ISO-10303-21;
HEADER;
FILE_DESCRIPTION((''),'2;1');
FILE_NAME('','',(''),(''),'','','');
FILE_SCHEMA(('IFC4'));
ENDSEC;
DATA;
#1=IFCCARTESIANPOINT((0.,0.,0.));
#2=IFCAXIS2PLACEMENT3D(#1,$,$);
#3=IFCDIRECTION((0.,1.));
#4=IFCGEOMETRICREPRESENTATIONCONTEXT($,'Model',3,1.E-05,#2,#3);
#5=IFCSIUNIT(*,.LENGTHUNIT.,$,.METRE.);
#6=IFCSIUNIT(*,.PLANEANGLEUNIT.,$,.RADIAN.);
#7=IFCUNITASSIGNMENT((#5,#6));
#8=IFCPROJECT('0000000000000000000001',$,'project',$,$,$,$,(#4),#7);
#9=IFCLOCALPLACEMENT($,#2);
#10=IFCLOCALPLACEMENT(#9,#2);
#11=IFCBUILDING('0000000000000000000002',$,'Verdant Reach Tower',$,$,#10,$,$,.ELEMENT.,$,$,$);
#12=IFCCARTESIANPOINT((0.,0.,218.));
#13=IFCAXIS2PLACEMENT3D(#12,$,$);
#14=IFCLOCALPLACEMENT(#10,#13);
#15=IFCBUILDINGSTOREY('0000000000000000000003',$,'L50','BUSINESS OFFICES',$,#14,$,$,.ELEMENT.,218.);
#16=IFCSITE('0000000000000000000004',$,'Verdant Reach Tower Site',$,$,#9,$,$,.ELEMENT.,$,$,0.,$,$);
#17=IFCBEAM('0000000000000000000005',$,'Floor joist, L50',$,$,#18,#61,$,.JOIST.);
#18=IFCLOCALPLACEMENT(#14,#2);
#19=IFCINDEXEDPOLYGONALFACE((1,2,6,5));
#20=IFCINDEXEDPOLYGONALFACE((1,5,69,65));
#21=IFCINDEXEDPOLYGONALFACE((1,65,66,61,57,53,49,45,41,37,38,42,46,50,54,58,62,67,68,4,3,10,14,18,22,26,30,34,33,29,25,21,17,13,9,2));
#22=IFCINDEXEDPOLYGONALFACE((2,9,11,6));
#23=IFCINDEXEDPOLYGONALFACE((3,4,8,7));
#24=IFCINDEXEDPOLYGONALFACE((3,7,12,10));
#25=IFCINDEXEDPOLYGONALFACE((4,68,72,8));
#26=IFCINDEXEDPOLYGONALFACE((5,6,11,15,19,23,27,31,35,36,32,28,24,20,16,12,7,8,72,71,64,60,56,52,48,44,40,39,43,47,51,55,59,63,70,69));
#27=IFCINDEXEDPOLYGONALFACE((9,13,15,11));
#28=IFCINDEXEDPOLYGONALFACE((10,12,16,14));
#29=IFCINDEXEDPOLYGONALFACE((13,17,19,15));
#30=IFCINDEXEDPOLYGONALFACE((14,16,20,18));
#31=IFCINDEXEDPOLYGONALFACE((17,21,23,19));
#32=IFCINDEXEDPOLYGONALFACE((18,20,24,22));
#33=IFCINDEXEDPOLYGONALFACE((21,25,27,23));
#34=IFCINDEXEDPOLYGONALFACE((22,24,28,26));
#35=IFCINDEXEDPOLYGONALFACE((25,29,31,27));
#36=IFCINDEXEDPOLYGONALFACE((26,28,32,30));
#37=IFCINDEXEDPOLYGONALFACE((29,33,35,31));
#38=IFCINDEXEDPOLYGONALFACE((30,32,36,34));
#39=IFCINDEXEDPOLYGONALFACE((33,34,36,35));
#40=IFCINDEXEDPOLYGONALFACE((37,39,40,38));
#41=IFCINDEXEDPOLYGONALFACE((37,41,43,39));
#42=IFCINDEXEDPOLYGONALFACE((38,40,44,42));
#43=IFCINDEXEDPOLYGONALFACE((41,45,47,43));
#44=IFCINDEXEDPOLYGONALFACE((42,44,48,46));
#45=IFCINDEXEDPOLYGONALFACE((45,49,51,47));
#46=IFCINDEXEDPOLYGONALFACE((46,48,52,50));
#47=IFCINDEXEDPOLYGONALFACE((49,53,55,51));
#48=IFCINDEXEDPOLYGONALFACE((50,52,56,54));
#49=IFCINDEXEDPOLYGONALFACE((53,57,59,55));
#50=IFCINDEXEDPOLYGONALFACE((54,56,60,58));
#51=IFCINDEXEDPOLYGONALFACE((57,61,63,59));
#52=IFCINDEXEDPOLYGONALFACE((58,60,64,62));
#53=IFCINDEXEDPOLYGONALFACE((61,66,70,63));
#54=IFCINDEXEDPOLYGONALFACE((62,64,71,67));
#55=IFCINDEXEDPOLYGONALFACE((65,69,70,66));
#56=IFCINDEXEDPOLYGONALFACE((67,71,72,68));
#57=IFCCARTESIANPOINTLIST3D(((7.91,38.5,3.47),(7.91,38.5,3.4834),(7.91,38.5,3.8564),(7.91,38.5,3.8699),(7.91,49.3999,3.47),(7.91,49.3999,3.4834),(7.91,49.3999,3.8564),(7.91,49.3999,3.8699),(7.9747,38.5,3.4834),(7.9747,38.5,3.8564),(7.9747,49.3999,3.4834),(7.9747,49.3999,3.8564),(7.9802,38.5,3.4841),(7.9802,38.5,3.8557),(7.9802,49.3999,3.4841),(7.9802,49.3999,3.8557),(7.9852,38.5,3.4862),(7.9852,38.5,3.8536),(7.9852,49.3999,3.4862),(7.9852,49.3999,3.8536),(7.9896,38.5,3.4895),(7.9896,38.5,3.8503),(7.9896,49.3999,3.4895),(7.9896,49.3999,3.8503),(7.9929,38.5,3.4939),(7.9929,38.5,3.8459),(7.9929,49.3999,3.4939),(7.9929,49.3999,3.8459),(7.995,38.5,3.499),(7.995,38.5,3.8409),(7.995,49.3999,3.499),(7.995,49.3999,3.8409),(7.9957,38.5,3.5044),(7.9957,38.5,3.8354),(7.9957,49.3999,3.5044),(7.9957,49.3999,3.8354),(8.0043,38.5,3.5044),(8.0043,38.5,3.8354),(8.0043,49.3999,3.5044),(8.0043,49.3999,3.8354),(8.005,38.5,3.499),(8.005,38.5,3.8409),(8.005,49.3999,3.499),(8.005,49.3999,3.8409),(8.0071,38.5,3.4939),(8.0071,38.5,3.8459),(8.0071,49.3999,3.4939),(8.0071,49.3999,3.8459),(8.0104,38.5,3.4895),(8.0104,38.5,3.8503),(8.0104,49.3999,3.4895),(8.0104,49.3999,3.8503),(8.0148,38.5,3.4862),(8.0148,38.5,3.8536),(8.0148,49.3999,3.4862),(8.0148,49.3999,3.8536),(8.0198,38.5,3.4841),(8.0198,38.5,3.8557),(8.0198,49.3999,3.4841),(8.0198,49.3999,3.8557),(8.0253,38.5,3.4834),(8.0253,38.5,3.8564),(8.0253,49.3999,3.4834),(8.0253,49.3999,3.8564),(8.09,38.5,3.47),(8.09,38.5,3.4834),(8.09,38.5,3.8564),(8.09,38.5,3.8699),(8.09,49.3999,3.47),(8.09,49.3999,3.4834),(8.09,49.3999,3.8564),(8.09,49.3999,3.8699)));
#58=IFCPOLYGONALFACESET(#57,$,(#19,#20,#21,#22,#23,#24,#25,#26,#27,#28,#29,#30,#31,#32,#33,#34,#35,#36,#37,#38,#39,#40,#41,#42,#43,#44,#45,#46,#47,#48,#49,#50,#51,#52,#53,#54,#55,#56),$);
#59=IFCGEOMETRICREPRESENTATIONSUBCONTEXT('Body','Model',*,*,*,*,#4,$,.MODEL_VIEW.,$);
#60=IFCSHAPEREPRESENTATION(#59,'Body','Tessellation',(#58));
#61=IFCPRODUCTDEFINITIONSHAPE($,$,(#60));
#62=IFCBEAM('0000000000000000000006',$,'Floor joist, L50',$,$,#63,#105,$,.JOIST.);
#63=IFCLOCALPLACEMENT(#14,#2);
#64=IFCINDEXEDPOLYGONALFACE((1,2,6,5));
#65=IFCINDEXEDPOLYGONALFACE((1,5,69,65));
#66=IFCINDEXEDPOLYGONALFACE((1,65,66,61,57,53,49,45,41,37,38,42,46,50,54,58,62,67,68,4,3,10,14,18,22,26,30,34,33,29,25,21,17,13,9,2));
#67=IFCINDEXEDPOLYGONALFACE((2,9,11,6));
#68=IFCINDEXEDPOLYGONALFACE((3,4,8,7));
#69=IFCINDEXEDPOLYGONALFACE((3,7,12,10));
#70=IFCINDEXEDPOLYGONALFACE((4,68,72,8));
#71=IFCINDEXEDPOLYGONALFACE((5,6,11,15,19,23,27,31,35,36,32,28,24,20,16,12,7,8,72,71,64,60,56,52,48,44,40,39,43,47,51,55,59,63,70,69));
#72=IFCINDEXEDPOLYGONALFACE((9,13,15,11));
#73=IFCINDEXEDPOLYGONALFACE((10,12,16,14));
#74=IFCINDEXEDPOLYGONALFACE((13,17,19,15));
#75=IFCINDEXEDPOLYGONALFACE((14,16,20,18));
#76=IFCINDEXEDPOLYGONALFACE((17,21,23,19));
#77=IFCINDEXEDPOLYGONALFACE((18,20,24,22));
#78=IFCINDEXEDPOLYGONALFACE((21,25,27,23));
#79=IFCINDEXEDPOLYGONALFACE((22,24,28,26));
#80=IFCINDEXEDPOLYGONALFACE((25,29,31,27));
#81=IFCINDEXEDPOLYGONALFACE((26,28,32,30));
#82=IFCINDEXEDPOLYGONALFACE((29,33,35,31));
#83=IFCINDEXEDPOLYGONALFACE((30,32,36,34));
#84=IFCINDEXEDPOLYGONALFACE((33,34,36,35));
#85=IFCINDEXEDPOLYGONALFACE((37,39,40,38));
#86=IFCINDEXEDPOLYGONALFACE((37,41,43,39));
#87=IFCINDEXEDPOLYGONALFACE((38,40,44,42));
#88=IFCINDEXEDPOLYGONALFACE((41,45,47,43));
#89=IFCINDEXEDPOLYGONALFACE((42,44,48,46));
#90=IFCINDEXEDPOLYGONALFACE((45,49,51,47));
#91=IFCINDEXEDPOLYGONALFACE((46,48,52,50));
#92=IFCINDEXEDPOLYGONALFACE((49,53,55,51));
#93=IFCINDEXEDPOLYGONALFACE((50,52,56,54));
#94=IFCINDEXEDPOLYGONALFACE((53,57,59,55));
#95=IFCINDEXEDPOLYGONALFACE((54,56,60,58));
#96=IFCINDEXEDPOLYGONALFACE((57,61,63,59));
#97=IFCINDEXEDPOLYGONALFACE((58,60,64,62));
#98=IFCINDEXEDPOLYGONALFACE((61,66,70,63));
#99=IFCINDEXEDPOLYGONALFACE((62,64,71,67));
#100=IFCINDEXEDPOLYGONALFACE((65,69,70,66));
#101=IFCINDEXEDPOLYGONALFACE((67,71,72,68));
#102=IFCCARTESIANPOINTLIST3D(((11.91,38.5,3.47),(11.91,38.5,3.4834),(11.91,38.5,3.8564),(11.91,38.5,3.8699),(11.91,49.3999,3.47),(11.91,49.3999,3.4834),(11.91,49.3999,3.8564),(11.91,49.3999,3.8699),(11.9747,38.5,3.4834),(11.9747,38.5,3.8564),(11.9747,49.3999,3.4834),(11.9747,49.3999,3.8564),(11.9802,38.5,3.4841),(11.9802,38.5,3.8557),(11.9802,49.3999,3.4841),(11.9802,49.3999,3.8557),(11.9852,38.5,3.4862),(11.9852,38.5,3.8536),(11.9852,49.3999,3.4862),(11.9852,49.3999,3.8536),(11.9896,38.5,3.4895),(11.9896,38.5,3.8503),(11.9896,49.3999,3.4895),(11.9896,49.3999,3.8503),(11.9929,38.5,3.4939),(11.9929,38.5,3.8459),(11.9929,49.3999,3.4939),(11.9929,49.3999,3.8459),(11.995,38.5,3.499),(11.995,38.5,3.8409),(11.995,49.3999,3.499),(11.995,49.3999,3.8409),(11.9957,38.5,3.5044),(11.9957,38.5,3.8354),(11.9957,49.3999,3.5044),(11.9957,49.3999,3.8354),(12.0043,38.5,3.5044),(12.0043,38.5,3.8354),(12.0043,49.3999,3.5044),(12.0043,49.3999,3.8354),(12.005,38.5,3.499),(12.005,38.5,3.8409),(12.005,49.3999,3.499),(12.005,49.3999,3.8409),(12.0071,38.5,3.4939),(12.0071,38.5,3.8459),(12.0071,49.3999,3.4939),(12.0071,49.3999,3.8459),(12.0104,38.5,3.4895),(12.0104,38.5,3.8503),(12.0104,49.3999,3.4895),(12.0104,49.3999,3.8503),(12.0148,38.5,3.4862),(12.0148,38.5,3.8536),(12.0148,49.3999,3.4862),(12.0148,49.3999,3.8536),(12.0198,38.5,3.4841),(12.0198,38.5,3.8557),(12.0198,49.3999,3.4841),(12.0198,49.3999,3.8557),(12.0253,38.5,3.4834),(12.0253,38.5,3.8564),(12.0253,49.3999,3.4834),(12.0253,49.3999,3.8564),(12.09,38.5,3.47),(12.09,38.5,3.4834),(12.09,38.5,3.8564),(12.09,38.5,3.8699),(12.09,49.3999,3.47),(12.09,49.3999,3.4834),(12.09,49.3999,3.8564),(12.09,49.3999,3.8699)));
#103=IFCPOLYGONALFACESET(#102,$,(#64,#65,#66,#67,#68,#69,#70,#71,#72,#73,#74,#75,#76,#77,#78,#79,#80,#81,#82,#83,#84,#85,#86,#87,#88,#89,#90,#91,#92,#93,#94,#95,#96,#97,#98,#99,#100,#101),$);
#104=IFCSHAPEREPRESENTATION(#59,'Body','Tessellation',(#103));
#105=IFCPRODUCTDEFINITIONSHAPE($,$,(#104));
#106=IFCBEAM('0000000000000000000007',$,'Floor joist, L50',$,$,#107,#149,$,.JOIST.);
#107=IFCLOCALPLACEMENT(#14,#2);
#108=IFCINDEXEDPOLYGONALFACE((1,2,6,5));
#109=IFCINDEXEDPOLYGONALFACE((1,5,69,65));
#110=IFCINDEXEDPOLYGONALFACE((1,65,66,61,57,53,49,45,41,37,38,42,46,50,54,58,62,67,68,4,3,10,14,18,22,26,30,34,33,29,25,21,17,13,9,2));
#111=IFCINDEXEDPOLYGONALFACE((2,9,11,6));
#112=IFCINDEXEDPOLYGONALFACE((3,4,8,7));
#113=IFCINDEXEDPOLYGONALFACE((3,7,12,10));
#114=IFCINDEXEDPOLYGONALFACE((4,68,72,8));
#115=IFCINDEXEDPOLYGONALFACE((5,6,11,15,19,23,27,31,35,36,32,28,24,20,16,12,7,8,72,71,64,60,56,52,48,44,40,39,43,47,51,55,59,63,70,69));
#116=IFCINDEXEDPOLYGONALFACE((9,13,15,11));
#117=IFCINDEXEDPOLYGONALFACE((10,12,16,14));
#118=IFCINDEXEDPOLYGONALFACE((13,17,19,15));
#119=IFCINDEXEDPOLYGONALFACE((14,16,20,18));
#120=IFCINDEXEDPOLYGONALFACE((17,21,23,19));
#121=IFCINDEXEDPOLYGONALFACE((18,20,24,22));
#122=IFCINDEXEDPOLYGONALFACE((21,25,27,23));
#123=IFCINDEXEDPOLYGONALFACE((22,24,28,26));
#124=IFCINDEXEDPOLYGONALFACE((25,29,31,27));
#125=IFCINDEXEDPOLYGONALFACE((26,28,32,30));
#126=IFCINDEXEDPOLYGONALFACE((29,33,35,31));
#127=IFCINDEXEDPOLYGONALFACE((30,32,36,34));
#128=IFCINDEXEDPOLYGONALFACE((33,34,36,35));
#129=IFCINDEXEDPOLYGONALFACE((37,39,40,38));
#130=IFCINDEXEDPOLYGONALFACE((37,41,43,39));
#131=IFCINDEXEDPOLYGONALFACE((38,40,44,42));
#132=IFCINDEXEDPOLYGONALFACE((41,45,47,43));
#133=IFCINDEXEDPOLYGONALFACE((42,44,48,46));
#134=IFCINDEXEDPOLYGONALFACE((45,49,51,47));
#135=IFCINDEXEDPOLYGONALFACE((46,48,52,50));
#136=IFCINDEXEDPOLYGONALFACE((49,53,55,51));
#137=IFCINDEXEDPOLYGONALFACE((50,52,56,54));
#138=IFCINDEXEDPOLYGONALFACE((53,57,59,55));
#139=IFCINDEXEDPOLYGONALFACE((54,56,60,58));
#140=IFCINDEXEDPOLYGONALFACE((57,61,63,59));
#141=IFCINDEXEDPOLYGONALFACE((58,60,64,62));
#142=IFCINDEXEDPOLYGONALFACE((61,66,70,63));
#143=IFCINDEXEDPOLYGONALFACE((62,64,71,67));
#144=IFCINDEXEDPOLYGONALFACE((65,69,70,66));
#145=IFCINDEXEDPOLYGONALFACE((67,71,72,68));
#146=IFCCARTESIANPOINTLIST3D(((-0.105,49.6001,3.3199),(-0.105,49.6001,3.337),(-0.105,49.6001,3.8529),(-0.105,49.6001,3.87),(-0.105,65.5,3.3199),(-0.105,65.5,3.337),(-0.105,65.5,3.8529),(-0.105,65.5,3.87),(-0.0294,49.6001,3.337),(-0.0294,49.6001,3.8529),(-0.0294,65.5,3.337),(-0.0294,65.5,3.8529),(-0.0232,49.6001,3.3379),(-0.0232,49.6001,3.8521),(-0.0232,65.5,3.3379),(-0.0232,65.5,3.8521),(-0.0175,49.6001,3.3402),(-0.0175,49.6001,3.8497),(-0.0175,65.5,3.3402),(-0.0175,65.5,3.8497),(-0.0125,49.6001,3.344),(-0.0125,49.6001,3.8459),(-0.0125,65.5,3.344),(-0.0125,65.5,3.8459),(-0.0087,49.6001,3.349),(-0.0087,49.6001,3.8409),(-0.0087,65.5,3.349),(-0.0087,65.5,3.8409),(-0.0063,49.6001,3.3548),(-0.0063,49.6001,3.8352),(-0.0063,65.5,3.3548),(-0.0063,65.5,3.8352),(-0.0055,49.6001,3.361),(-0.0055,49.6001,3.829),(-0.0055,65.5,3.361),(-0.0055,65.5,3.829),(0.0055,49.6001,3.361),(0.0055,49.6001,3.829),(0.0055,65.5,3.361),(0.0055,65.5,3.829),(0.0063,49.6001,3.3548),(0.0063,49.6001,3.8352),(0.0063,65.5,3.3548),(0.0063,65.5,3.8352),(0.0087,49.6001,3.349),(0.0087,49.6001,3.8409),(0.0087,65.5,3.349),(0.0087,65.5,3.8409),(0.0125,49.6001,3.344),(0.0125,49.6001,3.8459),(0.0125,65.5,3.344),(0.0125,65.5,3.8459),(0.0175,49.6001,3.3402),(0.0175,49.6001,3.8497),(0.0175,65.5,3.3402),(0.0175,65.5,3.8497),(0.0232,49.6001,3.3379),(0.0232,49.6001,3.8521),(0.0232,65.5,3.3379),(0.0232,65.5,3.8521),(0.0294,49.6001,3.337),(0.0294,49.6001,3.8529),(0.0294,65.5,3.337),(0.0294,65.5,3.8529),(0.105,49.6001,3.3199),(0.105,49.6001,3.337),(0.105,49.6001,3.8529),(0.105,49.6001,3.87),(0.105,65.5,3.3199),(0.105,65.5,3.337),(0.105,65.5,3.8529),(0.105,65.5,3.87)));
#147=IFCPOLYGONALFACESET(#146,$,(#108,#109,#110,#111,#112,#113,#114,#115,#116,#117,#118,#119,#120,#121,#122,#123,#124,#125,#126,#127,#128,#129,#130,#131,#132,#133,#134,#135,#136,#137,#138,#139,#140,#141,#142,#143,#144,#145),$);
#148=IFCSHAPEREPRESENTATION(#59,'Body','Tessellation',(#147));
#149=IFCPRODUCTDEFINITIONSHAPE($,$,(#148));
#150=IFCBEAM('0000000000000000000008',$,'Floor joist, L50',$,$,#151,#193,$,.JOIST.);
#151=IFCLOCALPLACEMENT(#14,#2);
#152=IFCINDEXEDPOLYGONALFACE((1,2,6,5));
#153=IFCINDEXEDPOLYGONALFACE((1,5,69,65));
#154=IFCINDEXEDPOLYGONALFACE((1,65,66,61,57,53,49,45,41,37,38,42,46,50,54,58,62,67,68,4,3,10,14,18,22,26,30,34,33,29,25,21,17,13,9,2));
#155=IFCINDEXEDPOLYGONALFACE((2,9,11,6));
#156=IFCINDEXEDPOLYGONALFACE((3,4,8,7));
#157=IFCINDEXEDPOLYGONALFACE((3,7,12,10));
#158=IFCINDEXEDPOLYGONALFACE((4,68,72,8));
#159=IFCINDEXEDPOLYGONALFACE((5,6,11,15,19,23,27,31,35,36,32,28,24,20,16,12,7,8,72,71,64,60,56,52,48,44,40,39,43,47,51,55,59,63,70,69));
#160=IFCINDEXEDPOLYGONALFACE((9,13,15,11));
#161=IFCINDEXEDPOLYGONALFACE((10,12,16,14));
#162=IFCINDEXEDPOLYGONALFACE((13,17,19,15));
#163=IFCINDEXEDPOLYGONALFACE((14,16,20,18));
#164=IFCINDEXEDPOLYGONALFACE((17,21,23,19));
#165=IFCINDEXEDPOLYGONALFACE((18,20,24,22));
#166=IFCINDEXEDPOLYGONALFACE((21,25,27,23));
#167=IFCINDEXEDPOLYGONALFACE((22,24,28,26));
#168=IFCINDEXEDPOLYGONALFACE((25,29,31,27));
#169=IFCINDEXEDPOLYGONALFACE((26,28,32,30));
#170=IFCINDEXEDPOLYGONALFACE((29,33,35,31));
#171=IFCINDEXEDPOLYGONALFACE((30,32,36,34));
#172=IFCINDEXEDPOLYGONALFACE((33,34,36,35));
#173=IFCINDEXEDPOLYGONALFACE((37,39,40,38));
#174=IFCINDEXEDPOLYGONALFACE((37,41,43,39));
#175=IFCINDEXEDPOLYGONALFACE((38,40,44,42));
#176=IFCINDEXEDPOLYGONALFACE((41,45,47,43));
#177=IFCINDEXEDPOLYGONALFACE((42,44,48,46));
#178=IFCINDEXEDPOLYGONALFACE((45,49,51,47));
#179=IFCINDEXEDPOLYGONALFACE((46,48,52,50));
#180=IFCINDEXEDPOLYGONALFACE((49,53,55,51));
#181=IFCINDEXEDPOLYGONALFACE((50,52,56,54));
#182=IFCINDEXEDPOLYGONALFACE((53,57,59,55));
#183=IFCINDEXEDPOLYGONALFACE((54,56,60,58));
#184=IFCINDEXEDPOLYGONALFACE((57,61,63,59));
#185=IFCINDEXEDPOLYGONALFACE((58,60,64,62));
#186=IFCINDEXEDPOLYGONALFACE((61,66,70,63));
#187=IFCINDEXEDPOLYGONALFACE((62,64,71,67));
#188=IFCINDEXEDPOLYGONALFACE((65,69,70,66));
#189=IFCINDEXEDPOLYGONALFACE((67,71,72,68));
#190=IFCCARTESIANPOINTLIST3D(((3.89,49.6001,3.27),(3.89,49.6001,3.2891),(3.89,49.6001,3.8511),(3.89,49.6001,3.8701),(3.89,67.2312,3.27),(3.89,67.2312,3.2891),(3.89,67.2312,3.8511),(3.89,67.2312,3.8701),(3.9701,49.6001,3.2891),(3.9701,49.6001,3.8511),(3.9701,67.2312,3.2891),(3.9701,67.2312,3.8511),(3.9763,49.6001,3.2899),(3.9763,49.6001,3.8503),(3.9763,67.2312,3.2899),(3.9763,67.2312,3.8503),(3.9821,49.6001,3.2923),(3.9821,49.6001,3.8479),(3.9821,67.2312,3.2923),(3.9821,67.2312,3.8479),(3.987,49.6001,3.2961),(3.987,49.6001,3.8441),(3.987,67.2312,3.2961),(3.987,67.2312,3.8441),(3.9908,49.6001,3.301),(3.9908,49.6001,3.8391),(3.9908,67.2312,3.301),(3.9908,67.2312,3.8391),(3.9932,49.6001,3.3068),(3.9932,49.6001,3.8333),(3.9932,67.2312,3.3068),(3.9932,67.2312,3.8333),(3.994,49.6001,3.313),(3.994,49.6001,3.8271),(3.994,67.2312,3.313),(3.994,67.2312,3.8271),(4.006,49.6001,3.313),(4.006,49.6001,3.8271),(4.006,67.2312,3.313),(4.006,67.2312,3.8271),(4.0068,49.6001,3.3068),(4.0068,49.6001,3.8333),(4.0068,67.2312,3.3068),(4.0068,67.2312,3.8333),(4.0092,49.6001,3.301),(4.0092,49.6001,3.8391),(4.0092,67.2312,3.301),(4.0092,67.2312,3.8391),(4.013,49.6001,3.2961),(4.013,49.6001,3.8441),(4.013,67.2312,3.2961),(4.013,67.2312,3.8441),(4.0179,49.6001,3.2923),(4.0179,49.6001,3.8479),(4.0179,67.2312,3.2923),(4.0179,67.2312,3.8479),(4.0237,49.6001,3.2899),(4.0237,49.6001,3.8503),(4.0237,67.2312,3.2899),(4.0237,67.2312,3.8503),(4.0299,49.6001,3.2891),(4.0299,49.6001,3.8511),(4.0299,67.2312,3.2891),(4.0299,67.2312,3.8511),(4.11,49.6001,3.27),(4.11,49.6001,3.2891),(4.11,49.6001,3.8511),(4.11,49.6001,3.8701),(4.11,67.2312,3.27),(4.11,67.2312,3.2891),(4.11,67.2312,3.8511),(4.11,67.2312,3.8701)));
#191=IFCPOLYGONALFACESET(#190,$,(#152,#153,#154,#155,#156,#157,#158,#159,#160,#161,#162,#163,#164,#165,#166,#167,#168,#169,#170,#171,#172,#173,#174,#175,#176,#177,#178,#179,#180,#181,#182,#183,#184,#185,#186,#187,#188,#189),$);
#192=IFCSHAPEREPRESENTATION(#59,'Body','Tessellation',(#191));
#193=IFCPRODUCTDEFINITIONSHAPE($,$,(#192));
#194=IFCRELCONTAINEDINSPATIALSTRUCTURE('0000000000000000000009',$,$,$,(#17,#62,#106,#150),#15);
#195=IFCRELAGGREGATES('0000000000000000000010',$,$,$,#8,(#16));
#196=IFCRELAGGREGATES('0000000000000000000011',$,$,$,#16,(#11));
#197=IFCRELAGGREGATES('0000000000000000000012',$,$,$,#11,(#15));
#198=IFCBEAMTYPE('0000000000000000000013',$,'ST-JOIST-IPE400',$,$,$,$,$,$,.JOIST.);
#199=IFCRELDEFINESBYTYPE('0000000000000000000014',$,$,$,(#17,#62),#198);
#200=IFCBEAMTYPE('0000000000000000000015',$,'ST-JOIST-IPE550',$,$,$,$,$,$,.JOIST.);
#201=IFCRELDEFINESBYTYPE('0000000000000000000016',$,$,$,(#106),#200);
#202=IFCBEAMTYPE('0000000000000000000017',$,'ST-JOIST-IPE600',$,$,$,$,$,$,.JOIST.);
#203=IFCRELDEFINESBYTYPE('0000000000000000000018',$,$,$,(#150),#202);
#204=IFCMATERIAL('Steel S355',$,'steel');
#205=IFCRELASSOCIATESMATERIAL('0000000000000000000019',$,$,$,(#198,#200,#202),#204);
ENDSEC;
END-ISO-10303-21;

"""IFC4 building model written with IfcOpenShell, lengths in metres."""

from ifc_helpers import new_model, si_unit, direction, frame, origin, origin_2d, place, context, subcontext, project, spatial, i_section, extrude, material, material_profile, profile_set, type_object, element, save


model = new_model("IFC4")

# Units and contexts
model_context = context("Model", 3, precision=1e-05, world=origin(), true_north=direction((0.0, 1.0)))
body_context = subcontext(model_context, "Body", "Model", "MODEL_VIEW")
ifc_project = project(units=[si_unit("LENGTHUNIT", "METRE"), si_unit("PLANEANGLEUNIT", "RADIAN")], contexts=[model_context])

# Site, building, storey
site_placement = place(None, origin())
site = spatial("IfcSite", under=ifc_project, at=site_placement, Name="Verdant Reach Tower Site", CompositionType="ELEMENT", RefElevation=0.0)
building_placement = place(site_placement, origin())
building = spatial("IfcBuilding", under=site, at=building_placement, Name="Verdant Reach Tower", CompositionType="ELEMENT")
storey_placement = place(building_placement, frame((0.0, 0.0, 218.0)))
storey = spatial("IfcBuildingStorey", under=building, at=storey_placement, Name="L50", Description="BUSINESS OFFICES", CompositionType="ELEMENT", Elevation=218.0)

# Beams
ifc_material_1 = material(Name="Steel S355", Category="steel")
ifc_material_profile_1 = material_profile(ifc_material_1, i_section(OverallWidth=0.1799, OverallDepth=0.3999, WebThickness=0.0085, FlangeThickness=0.0134, FilletRadius=0.021, at=origin_2d()), Name="IPE 400")
ifc_profile_set_1 = profile_set([ifc_material_profile_1], Name="Steel S355")
beam_type_1 = type_object("IfcBeamType", Name="ST-JOIST-IPE400", PredefinedType="JOIST", material=ifc_profile_set_1)
for number, where, z_axis, x_axis, name in (
    (1, (8.0, 38.5, 3.6699), (0.0, 1.0, 0.0), (-1.0, 0.0, 0.0), "Floor joist, L50"),
    (2, (12.0, 38.5, 3.6699), (0.0, 1.0, 0.0), (-1.0, 0.0, 0.0), "Floor joist, L50"),
):
    element("IfcBeam", number, at=place(storey_placement, frame(where, z_axis=z_axis, x_axis=x_axis)), inside=storey, type_object=beam_type_1, Name=name, PredefinedType="JOIST", context=body_context, shape_type="SweptSolid", body=[
        extrude(i_section(OverallWidth=0.1799, OverallDepth=0.3999, WebThickness=0.0085, FlangeThickness=0.0134, FilletRadius=0.021, at=origin_2d()), origin(), (0.0, 0.0, 1.0), 10.8999),
    ])
ifc_material_profile_2 = material_profile(ifc_material_1, i_section(OverallWidth=0.21, OverallDepth=0.55, WebThickness=0.011, FlangeThickness=0.0171, FilletRadius=0.0239, at=origin_2d()), Name="IPE 550")
ifc_profile_set_2 = profile_set([ifc_material_profile_2], Name="Steel S355")
beam_type_2 = type_object("IfcBeamType", Name="ST-JOIST-IPE550", PredefinedType="JOIST", material=ifc_profile_set_2)
beam_1_placement = place(storey_placement, frame((0.0, 49.6001, 3.595), z_axis=(0.0, 1.0, 0.0), x_axis=(-1.0, 0.0, 0.0)))
element("IfcBeam", 3, at=beam_1_placement, inside=storey, type_object=beam_type_2, Name="Floor joist, L50", PredefinedType="JOIST", context=body_context, shape_type="SweptSolid", body=[
    extrude(i_section(OverallWidth=0.21, OverallDepth=0.55, WebThickness=0.011, FlangeThickness=0.0171, FilletRadius=0.0239, at=origin_2d()), origin(), (0.0, 0.0, 1.0), 15.8999),
])
ifc_material_profile_3 = material_profile(ifc_material_1, i_section(OverallWidth=0.22, OverallDepth=0.6001, WebThickness=0.012, FlangeThickness=0.019, FilletRadius=0.0239, at=origin_2d()), Name="IPE 600")
ifc_profile_set_3 = profile_set([ifc_material_profile_3], Name="Steel S355")
beam_type_3 = type_object("IfcBeamType", Name="ST-JOIST-IPE600", PredefinedType="JOIST", material=ifc_profile_set_3)
beam_2_placement = place(storey_placement, frame((4.0, 49.6001, 3.5701), z_axis=(0.0, 1.0, 0.0), x_axis=(-1.0, 0.0, 0.0)))
element("IfcBeam", 4, at=beam_2_placement, inside=storey, type_object=beam_type_3, Name="Floor joist, L50", PredefinedType="JOIST", context=body_context, shape_type="SweptSolid", body=[
    extrude(i_section(OverallWidth=0.22, OverallDepth=0.6001, WebThickness=0.012, FlangeThickness=0.019, FilletRadius=0.0239, at=origin_2d()), origin(), (0.0, 0.0, 1.0), 17.6311),
])

save(model, "model.ifc")
